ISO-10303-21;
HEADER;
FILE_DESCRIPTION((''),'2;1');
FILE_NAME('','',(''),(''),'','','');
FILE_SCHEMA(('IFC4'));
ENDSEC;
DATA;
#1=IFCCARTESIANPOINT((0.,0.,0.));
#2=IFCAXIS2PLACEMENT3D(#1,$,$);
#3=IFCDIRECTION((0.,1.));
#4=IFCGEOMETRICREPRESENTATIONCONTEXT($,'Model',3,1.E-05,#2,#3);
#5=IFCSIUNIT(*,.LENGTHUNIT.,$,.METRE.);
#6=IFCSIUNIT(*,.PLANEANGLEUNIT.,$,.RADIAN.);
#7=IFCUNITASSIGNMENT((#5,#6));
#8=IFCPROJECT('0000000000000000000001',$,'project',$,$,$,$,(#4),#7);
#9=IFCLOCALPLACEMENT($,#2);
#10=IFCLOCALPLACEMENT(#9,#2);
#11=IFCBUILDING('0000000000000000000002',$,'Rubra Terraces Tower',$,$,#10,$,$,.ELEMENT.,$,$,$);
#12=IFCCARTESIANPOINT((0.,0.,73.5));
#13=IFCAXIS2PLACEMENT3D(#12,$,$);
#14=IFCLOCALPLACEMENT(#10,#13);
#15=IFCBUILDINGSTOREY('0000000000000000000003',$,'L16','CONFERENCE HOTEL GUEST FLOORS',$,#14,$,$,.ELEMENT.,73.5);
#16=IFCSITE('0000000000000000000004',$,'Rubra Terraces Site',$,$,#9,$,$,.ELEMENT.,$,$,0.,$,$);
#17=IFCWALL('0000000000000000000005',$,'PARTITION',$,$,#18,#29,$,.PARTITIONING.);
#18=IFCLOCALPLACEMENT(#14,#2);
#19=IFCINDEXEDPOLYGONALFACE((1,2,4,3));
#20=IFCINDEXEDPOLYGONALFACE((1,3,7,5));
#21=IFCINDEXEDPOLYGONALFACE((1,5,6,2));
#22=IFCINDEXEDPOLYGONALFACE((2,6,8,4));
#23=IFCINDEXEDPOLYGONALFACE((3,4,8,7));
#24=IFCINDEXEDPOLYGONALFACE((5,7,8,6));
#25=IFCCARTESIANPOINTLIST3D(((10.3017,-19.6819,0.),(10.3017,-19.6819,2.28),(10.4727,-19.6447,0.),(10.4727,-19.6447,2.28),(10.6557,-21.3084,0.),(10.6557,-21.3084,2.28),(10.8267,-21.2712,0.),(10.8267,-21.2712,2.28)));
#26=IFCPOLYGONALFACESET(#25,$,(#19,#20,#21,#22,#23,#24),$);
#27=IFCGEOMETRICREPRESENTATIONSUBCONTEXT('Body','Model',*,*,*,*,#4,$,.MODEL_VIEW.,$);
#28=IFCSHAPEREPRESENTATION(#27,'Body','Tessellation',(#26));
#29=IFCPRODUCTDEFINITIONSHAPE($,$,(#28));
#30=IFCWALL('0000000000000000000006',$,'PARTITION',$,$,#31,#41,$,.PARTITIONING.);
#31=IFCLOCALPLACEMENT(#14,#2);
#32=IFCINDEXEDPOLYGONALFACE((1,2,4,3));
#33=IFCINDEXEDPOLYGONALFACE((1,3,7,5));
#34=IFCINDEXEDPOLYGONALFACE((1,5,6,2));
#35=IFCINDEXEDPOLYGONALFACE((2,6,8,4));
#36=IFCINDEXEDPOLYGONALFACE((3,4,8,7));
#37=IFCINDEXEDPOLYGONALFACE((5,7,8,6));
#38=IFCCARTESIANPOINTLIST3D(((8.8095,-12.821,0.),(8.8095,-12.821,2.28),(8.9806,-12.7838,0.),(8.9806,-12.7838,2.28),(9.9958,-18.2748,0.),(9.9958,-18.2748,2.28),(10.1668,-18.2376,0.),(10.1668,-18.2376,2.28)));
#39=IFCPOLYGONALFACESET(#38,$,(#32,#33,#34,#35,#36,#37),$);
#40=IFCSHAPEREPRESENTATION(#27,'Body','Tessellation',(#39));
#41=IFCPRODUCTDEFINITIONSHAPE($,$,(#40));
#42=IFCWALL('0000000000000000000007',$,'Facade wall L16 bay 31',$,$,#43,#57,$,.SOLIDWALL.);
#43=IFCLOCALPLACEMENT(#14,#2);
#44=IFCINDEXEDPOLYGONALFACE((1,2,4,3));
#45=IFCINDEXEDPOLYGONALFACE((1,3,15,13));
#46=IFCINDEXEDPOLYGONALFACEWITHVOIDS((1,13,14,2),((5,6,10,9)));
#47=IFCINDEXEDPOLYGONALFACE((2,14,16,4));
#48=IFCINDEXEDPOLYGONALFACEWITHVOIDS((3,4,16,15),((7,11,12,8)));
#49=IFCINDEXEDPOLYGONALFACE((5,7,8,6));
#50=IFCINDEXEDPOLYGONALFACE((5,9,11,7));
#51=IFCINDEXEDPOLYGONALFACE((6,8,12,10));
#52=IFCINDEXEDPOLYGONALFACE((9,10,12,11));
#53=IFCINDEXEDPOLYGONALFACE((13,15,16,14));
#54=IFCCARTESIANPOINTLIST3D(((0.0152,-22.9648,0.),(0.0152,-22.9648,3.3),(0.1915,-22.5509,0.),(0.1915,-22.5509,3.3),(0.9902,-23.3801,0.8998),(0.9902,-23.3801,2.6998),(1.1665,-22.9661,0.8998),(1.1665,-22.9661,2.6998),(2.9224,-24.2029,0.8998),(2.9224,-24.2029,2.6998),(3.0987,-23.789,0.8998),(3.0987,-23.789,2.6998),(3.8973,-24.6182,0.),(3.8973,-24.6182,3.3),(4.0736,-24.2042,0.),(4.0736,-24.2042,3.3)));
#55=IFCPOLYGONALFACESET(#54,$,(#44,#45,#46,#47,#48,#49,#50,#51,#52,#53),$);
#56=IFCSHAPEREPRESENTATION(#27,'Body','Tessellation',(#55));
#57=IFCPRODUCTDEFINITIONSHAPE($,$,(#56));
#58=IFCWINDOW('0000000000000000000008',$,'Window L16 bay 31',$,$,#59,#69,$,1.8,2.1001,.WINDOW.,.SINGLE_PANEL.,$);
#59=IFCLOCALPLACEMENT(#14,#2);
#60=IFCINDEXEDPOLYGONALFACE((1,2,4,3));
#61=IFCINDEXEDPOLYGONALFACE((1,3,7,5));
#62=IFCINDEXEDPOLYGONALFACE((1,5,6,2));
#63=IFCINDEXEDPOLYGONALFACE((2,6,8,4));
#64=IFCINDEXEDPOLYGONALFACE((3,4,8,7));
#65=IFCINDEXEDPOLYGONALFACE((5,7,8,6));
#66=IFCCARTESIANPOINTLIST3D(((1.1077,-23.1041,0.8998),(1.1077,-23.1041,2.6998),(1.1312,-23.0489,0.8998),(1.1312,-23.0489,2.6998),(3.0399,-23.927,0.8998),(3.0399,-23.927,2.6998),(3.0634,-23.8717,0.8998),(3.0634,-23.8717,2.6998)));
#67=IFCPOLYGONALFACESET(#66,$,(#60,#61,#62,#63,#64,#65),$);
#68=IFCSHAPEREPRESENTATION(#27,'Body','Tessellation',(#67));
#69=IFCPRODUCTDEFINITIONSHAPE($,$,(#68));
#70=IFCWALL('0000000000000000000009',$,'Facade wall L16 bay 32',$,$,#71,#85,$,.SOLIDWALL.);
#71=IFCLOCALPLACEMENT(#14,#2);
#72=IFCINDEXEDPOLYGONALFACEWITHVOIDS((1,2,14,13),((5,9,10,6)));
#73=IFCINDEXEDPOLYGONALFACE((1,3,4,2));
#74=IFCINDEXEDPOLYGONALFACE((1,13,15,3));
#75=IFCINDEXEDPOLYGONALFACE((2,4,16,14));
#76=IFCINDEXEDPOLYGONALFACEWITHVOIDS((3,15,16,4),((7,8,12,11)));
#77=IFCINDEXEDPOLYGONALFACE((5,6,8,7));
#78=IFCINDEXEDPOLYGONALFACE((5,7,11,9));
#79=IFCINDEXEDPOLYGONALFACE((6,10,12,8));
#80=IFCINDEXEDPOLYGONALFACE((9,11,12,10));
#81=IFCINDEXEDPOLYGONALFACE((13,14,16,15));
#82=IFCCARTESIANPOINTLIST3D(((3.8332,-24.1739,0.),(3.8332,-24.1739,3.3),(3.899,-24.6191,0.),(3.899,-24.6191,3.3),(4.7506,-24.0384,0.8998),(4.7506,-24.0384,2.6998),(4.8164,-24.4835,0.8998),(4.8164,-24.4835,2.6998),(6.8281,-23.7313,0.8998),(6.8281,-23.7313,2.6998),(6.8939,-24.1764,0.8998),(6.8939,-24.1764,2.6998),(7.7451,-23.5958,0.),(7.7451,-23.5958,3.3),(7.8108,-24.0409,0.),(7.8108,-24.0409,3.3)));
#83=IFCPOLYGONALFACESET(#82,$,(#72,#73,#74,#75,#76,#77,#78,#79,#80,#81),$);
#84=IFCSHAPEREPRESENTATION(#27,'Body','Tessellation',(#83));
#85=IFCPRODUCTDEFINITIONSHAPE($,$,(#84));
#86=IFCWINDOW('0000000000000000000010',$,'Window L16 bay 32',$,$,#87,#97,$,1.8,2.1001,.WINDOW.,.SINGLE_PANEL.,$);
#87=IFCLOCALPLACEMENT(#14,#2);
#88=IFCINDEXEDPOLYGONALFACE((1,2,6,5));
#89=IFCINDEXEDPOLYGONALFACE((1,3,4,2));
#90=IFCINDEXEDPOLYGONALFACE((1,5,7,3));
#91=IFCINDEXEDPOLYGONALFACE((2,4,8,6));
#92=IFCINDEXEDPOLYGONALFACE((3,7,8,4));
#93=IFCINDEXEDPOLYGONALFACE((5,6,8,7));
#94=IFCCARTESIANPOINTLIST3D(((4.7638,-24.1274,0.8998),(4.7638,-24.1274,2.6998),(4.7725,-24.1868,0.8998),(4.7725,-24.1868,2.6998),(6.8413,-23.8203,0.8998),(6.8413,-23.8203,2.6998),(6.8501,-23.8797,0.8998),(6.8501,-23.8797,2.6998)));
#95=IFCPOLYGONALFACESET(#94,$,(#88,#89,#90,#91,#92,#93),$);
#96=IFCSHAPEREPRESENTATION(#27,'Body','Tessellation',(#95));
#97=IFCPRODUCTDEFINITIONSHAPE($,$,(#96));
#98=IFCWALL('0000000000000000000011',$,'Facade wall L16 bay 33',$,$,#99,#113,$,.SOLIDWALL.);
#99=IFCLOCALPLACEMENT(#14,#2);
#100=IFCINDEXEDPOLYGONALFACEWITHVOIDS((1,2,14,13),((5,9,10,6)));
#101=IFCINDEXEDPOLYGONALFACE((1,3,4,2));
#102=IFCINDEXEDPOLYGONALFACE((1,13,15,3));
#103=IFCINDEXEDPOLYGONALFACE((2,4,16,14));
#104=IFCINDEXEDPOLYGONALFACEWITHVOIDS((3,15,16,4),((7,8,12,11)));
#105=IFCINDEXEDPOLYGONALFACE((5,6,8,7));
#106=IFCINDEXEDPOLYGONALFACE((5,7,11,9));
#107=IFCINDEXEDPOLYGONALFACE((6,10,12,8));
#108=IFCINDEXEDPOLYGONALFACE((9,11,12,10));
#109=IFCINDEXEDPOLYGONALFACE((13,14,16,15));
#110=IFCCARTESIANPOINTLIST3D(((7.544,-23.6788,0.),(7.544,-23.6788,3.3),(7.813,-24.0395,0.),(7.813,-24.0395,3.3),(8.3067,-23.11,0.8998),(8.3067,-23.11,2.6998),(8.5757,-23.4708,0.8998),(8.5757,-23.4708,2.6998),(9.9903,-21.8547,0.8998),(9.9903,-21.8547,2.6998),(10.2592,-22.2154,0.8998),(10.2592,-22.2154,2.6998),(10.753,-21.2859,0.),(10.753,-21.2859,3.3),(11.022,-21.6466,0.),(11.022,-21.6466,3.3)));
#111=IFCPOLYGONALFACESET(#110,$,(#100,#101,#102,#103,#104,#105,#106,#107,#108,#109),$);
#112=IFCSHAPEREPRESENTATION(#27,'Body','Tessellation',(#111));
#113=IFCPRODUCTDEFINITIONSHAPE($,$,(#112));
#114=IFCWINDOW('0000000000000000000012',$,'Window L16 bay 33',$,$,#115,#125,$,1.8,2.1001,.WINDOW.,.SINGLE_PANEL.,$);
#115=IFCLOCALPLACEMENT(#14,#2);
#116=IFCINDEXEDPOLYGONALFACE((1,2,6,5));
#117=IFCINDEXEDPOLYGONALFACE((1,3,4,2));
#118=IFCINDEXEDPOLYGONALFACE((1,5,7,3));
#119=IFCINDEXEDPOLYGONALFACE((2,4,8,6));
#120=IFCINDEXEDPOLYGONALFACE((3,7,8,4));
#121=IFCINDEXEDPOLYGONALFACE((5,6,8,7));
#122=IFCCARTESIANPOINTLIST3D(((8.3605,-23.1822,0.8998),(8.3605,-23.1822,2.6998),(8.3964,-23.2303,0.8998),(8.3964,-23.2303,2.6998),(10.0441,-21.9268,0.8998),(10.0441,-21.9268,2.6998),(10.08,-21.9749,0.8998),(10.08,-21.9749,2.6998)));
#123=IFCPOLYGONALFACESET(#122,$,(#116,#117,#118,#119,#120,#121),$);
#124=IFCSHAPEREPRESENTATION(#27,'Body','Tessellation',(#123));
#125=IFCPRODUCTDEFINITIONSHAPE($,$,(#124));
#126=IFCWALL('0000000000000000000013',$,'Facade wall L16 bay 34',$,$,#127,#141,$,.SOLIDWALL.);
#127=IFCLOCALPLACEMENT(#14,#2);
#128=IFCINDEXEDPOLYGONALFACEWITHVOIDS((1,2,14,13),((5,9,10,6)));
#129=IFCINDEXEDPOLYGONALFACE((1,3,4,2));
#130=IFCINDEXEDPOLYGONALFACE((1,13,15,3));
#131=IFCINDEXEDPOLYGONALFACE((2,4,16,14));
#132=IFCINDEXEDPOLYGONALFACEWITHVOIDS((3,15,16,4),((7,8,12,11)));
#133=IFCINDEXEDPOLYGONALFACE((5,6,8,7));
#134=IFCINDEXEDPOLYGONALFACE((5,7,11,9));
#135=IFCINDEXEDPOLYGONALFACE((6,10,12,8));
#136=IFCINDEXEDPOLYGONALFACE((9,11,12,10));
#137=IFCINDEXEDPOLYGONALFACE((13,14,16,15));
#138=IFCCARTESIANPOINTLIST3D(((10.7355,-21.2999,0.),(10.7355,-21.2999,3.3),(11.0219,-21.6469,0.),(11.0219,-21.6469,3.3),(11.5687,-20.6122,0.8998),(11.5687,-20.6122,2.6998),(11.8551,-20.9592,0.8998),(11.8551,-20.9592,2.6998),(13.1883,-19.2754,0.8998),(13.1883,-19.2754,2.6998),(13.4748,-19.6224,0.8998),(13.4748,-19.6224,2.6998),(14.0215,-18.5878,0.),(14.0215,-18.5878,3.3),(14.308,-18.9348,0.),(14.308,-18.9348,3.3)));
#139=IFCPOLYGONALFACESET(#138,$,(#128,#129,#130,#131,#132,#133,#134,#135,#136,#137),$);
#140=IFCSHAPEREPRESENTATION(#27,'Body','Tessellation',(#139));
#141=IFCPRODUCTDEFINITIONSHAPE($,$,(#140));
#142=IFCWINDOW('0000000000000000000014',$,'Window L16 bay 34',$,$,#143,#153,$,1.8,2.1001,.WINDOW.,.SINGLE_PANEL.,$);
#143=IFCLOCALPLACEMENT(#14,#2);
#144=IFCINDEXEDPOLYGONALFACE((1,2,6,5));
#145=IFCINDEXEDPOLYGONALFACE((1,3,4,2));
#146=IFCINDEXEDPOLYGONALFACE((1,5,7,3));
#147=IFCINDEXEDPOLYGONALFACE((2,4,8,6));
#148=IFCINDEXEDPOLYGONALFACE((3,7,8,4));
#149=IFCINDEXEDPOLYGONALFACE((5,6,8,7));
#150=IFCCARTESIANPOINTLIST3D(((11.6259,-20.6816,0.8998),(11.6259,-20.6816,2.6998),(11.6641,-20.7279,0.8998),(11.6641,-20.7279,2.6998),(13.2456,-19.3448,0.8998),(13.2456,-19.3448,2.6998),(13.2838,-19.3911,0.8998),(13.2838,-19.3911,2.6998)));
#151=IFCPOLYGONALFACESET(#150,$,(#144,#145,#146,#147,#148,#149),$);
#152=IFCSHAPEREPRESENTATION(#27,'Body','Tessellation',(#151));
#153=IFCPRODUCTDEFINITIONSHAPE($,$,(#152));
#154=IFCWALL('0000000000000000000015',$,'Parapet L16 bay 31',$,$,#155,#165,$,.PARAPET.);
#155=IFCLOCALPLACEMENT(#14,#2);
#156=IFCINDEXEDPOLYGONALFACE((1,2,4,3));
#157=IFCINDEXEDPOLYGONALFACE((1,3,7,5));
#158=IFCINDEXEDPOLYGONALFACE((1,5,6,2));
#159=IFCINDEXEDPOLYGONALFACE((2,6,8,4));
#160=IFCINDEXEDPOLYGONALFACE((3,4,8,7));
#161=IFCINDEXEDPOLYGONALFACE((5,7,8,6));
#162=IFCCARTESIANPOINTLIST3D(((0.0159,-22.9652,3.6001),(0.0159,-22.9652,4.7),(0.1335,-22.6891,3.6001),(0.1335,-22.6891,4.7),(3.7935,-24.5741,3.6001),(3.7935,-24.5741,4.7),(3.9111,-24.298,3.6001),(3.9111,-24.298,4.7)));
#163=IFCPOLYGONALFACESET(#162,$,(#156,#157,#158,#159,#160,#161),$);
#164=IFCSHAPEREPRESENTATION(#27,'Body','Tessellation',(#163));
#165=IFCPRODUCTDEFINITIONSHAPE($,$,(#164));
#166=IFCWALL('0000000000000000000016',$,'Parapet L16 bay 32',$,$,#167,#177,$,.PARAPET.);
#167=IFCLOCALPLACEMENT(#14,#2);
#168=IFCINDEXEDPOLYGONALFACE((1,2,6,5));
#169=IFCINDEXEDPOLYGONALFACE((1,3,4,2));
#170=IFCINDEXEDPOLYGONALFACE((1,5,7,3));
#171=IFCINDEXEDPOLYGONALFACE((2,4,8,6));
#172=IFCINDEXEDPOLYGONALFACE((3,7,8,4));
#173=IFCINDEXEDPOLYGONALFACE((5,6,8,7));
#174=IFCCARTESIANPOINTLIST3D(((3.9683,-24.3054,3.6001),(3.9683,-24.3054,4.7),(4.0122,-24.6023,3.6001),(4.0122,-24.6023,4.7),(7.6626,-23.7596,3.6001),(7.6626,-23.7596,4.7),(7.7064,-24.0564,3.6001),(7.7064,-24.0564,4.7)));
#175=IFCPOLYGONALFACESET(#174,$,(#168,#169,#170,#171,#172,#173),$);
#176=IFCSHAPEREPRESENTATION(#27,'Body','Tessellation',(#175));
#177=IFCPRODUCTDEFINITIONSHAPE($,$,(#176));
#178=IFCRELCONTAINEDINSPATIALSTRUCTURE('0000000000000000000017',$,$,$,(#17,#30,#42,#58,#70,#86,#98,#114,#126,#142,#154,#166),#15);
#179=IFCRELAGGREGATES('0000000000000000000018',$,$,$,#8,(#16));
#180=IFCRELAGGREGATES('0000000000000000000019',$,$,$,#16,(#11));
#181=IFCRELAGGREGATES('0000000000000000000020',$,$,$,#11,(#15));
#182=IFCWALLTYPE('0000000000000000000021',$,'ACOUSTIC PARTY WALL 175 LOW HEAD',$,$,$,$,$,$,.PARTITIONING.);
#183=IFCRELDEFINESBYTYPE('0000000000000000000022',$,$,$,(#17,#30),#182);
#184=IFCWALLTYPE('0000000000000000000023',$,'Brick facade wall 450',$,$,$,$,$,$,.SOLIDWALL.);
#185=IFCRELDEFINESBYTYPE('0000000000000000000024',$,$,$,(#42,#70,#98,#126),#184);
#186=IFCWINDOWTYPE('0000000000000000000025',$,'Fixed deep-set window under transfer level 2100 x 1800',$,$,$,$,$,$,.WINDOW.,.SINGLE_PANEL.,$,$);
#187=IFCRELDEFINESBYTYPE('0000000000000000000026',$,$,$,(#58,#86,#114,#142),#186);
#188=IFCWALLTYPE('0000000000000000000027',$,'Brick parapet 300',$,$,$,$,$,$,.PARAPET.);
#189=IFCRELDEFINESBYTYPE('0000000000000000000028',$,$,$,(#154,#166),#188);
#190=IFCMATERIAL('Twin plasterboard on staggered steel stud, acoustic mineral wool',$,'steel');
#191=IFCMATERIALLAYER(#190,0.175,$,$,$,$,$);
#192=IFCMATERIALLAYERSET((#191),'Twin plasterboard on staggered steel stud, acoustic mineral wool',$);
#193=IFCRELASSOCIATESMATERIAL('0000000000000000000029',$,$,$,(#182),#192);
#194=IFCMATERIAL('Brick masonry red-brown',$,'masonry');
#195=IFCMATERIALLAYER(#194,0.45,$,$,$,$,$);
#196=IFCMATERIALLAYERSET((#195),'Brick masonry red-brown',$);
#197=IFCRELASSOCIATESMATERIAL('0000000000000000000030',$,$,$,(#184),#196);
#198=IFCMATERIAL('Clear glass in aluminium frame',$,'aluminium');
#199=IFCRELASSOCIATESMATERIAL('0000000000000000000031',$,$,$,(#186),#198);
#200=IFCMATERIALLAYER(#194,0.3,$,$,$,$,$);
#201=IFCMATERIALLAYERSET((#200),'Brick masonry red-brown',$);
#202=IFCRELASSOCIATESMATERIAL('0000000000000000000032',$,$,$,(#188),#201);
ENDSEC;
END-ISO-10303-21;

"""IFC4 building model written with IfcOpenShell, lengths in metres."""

from ifc_helpers import new_model, si_unit, direction, frame, frame_2d, origin, place, context, subcontext, project, spatial, rectangle, extrude, material, layer, layer_set, type_object, element, fill, save


model = new_model("IFC4")

# Units and contexts
model_context = context("Model", 3, precision=1e-05, world=origin(), true_north=direction((0.0, 1.0)))
body_context = subcontext(model_context, "Body", "Model", "MODEL_VIEW")
ifc_project = project(units=[si_unit("LENGTHUNIT", "METRE"), si_unit("PLANEANGLEUNIT", "RADIAN")], contexts=[model_context])

# Site, building, storey
site_placement = place(None, origin())
site = spatial("IfcSite", under=ifc_project, at=site_placement, Name="Rubra Terraces Site", CompositionType="ELEMENT", RefElevation=0.0)
building_placement = place(site_placement, origin())
building = spatial("IfcBuilding", under=site, at=building_placement, Name="Rubra Terraces Tower", CompositionType="ELEMENT")
storey_placement = place(building_placement, frame((0.0, 0.0, 73.5)))
storey = spatial("IfcBuildingStorey", under=building, at=storey_placement, Name="L16", Description="CONFERENCE HOTEL GUEST FLOORS", CompositionType="ELEMENT", Elevation=73.5)

# Walls
ifc_material_1 = material(Name="Twin plasterboard on staggered steel stud, acoustic mineral wool", Category="steel")
ifc_layer_1 = layer(ifc_material_1, 0.175)
ifc_layer_set_1 = layer_set([ifc_layer_1], Name="Twin plasterboard on staggered steel stud, acoustic mineral wool")
wall_type_1 = type_object("IfcWallType", Name="ACOUSTIC PARTY WALL 175 LOW HEAD", PredefinedType="PARTITIONING", material=ifc_layer_set_1)
wall_1_placement = place(storey_placement, frame((10.7412, -21.2898, 0.0), z_axis=(0.0, 0.0, 1.0), x_axis=(-0.212673, 0.977123, 0.0)))
element("IfcWall", 1, at=wall_1_placement, inside=storey, type_object=wall_type_1, Name="PARTITION", PredefinedType="PARTITIONING", context=body_context, shape_type="SweptSolid", body=[
    extrude(rectangle(XDim=1.6646, YDim=0.175, at=frame_2d((0.8323, 0.0))), origin(), (0.0, 0.0, 1.0), 2.28),
])
wall_2_placement = place(storey_placement, frame((10.0813, -18.2561, 0.0), z_axis=(0.0, 0.0, 1.0), x_axis=(-0.212542, 0.977152, 0.0)))
element("IfcWall", 2, at=wall_2_placement, inside=storey, type_object=wall_type_1, Name="PARTITION", PredefinedType="PARTITIONING", context=body_context, shape_type="SweptSolid", body=[
    extrude(rectangle(XDim=5.5813, YDim=0.175, at=frame_2d((2.7905, 0.0))), origin(), (0.0, 0.0, 1.0), 2.28),
])

# Walls, openings, windows
ifc_material_2 = material(Name="Brick masonry red-brown", Category="masonry")
ifc_layer_2 = layer(ifc_material_2, 0.45)
ifc_layer_set_2 = layer_set([ifc_layer_2], Name="Brick masonry red-brown")
wall_type_2 = type_object("IfcWallType", Name="Brick facade wall 450", PredefinedType="SOLIDWALL", material=ifc_layer_set_2)
wall_3_placement = place(storey_placement, frame((0.1033, -22.7578, 0.0), z_axis=(0.0, 0.0, 1.0), x_axis=(0.920037, -0.39183, 0.0)))
wall_3 = element("IfcWall", 3, at=wall_3_placement, inside=storey, type_object=wall_type_2, Name="Facade wall L16 bay 31", PredefinedType="SOLIDWALL", context=body_context, shape_type="SweptSolid", body=[
    extrude(rectangle(XDim=4.2195, YDim=0.45, at=frame_2d((2.1099, 0.0))), origin(), (0.0, 0.0, 1.0), 3.3),
])
opening_1_placement = place(wall_3_placement, frame((1.0598, 0.0, 0.8999)))
opening_1 = element("IfcOpeningElement", 4, at=opening_1_placement, cuts=wall_3, PredefinedType="OPENING", context=body_context, shape_type="SweptSolid", body=[
    extrude(rectangle(XDim=2.1001, YDim=1.8, at=frame_2d((1.05, 0.8999))), frame((0.0, 0.2349, 0.0), z_axis=(0.0, -1.0, 0.0), x_axis=(1.0, 0.0, 0.0)), (0.0, 0.0, 1.0), 0.47),
])
ifc_material_3 = material(Name="Clear glass in aluminium frame", Category="aluminium")
window_type = type_object("IfcWindowType", Name="Fixed deep-set window under transfer level 2100 x 1800", PartitioningType="SINGLE_PANEL", PredefinedType="WINDOW", material=ifc_material_3)
window_1_placement = place(opening_1_placement, origin())
window_1 = element("IfcWindow", 5, at=window_1_placement, inside=storey, type_object=window_type, Name="Window L16 bay 31", OverallHeight=1.8, OverallWidth=2.1001, PartitioningType="SINGLE_PANEL", PredefinedType="WINDOW", context=body_context, shape_type="SweptSolid", body=[
    extrude(rectangle(XDim=2.1001, YDim=1.8, at=frame_2d((1.05, 0.8999))), frame((0.0, 0.135, 0.0), z_axis=(0.0, -1.0, 0.0), x_axis=(1.0, 0.0, 0.0)), (0.0, 0.0, 1.0), 0.0601),
])
fill(opening_1, window_1)
wall_4_placement = place(storey_placement, frame((3.8662, -24.3965, 0.0), z_axis=(0.0, 0.0, 1.0), x_axis=(0.989255, 0.1462, 0.0)))
wall_4 = element("IfcWall", 6, at=wall_4_placement, inside=storey, type_object=wall_type_2, Name="Facade wall L16 bay 32", PredefinedType="SOLIDWALL", context=body_context, shape_type="SweptSolid", body=[
    extrude(rectangle(XDim=3.9543, YDim=0.45, at=frame_2d((1.9771, 0.0))), origin(), (0.0, 0.0, 1.0), 3.3),
])
opening_2_placement = place(wall_4_placement, frame((0.9272, 0.0, 0.8999)))
opening_2 = element("IfcOpeningElement", 7, at=opening_2_placement, cuts=wall_4, PredefinedType="OPENING", context=body_context, shape_type="SweptSolid", body=[
    extrude(rectangle(XDim=2.1001, YDim=1.8, at=frame_2d((1.05, 0.8999))), frame((0.0, 0.2349, 0.0), z_axis=(0.0, -1.0, 0.0), x_axis=(1.0, 0.0, 0.0)), (0.0, 0.0, 1.0), 0.47),
])
window_2_placement = place(opening_2_placement, origin())
window_2 = element("IfcWindow", 8, at=window_2_placement, inside=storey, type_object=window_type, Name="Window L16 bay 32", OverallHeight=1.8, OverallWidth=2.1001, PartitioningType="SINGLE_PANEL", PredefinedType="WINDOW", context=body_context, shape_type="SweptSolid", body=[
    extrude(rectangle(XDim=2.1001, YDim=1.8, at=frame_2d((1.05, 0.8999))), frame((0.0, 0.135, 0.0), z_axis=(0.0, -1.0, 0.0), x_axis=(1.0, 0.0, 0.0)), (0.0, 0.0, 1.0), 0.0601),
])
fill(opening_2, window_2)
wall_5_placement = place(storey_placement, frame((7.6785, -23.8591, 0.0), z_axis=(0.0, 0.0, 1.0), x_axis=(0.801666, 0.597773, 0.0)))
wall_5 = element("IfcWall", 9, at=wall_5_placement, inside=storey, type_object=wall_type_2, Name="Facade wall L16 bay 33", PredefinedType="SOLIDWALL", context=body_context, shape_type="SweptSolid", body=[
    extrude(rectangle(XDim=4.0029, YDim=0.45, at=frame_2d((2.0015, 0.0))), origin(), (0.0, 0.0, 1.0), 3.3),
])
opening_3_placement = place(wall_5_placement, frame((0.9514, 0.0, 0.8999)))
opening_3 = element("IfcOpeningElement", 10, at=opening_3_placement, cuts=wall_5, PredefinedType="OPENING", context=body_context, shape_type="SweptSolid", body=[
    extrude(rectangle(XDim=2.1001, YDim=1.8, at=frame_2d((1.05, 0.8999))), frame((0.0, 0.2349, 0.0), z_axis=(0.0, -1.0, 0.0), x_axis=(1.0, 0.0, 0.0)), (0.0, 0.0, 1.0), 0.47),
])
window_3_placement = place(opening_3_placement, origin())
window_3 = element("IfcWindow", 11, at=window_3_placement, inside=storey, type_object=window_type, Name="Window L16 bay 33", OverallHeight=1.8, OverallWidth=2.1001, PartitioningType="SINGLE_PANEL", PredefinedType="WINDOW", context=body_context, shape_type="SweptSolid", body=[
    extrude(rectangle(XDim=2.1001, YDim=1.8, at=frame_2d((1.05, 0.8999))), frame((0.0, 0.135, 0.0), z_axis=(0.0, -1.0, 0.0), x_axis=(1.0, 0.0, 0.0)), (0.0, 0.0, 1.0), 0.0601),
])
fill(opening_3, window_3)
wall_6_placement = place(storey_placement, frame((10.8787, -21.4734, 0.0), z_axis=(0.0, 0.0, 1.0), x_axis=(0.771247, 0.636536, 0.0)))
wall_6 = element("IfcWall", 12, at=wall_6_placement, inside=storey, type_object=wall_type_2, Name="Facade wall L16 bay 34", PredefinedType="SOLIDWALL", context=body_context, shape_type="SweptSolid", body=[
    extrude(rectangle(XDim=4.2607, YDim=0.45, at=frame_2d((2.1304, 0.0))), origin(), (0.0, 0.0, 1.0), 3.3),
])
opening_4_placement = place(wall_6_placement, frame((1.0803, 0.0, 0.8999)))
opening_4 = element("IfcOpeningElement", 13, at=opening_4_placement, cuts=wall_6, PredefinedType="OPENING", context=body_context, shape_type="SweptSolid", body=[
    extrude(rectangle(XDim=2.1001, YDim=1.8, at=frame_2d((1.05, 0.8999))), frame((0.0, 0.2349, 0.0), z_axis=(0.0, -1.0, 0.0), x_axis=(1.0, 0.0, 0.0)), (0.0, 0.0, 1.0), 0.47),
])
window_4_placement = place(opening_4_placement, origin())
window_4 = element("IfcWindow", 14, at=window_4_placement, inside=storey, type_object=window_type, Name="Window L16 bay 34", OverallHeight=1.8, OverallWidth=2.1001, PartitioningType="SINGLE_PANEL", PredefinedType="WINDOW", context=body_context, shape_type="SweptSolid", body=[
    extrude(rectangle(XDim=2.1001, YDim=1.8, at=frame_2d((1.05, 0.8999))), frame((0.0, 0.135, 0.0), z_axis=(0.0, -1.0, 0.0), x_axis=(1.0, 0.0, 0.0)), (0.0, 0.0, 1.0), 0.0601),
])
fill(opening_4, window_4)

# Walls
ifc_layer_3 = layer(ifc_material_2, 0.3)
ifc_layer_set_3 = layer_set([ifc_layer_3], Name="Brick masonry red-brown")
wall_type_3 = type_object("IfcWallType", Name="Brick parapet 300", PredefinedType="PARAPET", material=ifc_layer_set_3)
wall_7_placement = place(storey_placement, frame((0.0747, -22.8271, 3.6001), z_axis=(0.0, 0.0, 1.0), x_axis=(0.920032, -0.391844, 0.0)))
element("IfcWall", 15, at=wall_7_placement, inside=storey, type_object=wall_type_3, Name="Parapet L16 bay 31", PredefinedType="PARAPET", context=body_context, shape_type="SweptSolid", body=[
    extrude(rectangle(XDim=4.106, YDim=0.3, at=frame_2d((2.053, 0.0))), origin(), (0.0, 0.0, 1.0), 1.0999),
])
wall_8_placement = place(storey_placement, frame((3.9902, -24.4539, 3.6001), z_axis=(0.0, 0.0, 1.0), x_axis=(0.989258, 0.146179, 0.0)))
element("IfcWall", 16, at=wall_8_placement, inside=storey, type_object=wall_type_3, Name="Parapet L16 bay 32", PredefinedType="PARAPET", context=body_context, shape_type="SweptSolid", body=[
    extrude(rectangle(XDim=3.7344, YDim=0.3, at=frame_2d((1.8672, 0.0))), origin(), (0.0, 0.0, 1.0), 1.0999),
])

save(model, "model.ifc")
